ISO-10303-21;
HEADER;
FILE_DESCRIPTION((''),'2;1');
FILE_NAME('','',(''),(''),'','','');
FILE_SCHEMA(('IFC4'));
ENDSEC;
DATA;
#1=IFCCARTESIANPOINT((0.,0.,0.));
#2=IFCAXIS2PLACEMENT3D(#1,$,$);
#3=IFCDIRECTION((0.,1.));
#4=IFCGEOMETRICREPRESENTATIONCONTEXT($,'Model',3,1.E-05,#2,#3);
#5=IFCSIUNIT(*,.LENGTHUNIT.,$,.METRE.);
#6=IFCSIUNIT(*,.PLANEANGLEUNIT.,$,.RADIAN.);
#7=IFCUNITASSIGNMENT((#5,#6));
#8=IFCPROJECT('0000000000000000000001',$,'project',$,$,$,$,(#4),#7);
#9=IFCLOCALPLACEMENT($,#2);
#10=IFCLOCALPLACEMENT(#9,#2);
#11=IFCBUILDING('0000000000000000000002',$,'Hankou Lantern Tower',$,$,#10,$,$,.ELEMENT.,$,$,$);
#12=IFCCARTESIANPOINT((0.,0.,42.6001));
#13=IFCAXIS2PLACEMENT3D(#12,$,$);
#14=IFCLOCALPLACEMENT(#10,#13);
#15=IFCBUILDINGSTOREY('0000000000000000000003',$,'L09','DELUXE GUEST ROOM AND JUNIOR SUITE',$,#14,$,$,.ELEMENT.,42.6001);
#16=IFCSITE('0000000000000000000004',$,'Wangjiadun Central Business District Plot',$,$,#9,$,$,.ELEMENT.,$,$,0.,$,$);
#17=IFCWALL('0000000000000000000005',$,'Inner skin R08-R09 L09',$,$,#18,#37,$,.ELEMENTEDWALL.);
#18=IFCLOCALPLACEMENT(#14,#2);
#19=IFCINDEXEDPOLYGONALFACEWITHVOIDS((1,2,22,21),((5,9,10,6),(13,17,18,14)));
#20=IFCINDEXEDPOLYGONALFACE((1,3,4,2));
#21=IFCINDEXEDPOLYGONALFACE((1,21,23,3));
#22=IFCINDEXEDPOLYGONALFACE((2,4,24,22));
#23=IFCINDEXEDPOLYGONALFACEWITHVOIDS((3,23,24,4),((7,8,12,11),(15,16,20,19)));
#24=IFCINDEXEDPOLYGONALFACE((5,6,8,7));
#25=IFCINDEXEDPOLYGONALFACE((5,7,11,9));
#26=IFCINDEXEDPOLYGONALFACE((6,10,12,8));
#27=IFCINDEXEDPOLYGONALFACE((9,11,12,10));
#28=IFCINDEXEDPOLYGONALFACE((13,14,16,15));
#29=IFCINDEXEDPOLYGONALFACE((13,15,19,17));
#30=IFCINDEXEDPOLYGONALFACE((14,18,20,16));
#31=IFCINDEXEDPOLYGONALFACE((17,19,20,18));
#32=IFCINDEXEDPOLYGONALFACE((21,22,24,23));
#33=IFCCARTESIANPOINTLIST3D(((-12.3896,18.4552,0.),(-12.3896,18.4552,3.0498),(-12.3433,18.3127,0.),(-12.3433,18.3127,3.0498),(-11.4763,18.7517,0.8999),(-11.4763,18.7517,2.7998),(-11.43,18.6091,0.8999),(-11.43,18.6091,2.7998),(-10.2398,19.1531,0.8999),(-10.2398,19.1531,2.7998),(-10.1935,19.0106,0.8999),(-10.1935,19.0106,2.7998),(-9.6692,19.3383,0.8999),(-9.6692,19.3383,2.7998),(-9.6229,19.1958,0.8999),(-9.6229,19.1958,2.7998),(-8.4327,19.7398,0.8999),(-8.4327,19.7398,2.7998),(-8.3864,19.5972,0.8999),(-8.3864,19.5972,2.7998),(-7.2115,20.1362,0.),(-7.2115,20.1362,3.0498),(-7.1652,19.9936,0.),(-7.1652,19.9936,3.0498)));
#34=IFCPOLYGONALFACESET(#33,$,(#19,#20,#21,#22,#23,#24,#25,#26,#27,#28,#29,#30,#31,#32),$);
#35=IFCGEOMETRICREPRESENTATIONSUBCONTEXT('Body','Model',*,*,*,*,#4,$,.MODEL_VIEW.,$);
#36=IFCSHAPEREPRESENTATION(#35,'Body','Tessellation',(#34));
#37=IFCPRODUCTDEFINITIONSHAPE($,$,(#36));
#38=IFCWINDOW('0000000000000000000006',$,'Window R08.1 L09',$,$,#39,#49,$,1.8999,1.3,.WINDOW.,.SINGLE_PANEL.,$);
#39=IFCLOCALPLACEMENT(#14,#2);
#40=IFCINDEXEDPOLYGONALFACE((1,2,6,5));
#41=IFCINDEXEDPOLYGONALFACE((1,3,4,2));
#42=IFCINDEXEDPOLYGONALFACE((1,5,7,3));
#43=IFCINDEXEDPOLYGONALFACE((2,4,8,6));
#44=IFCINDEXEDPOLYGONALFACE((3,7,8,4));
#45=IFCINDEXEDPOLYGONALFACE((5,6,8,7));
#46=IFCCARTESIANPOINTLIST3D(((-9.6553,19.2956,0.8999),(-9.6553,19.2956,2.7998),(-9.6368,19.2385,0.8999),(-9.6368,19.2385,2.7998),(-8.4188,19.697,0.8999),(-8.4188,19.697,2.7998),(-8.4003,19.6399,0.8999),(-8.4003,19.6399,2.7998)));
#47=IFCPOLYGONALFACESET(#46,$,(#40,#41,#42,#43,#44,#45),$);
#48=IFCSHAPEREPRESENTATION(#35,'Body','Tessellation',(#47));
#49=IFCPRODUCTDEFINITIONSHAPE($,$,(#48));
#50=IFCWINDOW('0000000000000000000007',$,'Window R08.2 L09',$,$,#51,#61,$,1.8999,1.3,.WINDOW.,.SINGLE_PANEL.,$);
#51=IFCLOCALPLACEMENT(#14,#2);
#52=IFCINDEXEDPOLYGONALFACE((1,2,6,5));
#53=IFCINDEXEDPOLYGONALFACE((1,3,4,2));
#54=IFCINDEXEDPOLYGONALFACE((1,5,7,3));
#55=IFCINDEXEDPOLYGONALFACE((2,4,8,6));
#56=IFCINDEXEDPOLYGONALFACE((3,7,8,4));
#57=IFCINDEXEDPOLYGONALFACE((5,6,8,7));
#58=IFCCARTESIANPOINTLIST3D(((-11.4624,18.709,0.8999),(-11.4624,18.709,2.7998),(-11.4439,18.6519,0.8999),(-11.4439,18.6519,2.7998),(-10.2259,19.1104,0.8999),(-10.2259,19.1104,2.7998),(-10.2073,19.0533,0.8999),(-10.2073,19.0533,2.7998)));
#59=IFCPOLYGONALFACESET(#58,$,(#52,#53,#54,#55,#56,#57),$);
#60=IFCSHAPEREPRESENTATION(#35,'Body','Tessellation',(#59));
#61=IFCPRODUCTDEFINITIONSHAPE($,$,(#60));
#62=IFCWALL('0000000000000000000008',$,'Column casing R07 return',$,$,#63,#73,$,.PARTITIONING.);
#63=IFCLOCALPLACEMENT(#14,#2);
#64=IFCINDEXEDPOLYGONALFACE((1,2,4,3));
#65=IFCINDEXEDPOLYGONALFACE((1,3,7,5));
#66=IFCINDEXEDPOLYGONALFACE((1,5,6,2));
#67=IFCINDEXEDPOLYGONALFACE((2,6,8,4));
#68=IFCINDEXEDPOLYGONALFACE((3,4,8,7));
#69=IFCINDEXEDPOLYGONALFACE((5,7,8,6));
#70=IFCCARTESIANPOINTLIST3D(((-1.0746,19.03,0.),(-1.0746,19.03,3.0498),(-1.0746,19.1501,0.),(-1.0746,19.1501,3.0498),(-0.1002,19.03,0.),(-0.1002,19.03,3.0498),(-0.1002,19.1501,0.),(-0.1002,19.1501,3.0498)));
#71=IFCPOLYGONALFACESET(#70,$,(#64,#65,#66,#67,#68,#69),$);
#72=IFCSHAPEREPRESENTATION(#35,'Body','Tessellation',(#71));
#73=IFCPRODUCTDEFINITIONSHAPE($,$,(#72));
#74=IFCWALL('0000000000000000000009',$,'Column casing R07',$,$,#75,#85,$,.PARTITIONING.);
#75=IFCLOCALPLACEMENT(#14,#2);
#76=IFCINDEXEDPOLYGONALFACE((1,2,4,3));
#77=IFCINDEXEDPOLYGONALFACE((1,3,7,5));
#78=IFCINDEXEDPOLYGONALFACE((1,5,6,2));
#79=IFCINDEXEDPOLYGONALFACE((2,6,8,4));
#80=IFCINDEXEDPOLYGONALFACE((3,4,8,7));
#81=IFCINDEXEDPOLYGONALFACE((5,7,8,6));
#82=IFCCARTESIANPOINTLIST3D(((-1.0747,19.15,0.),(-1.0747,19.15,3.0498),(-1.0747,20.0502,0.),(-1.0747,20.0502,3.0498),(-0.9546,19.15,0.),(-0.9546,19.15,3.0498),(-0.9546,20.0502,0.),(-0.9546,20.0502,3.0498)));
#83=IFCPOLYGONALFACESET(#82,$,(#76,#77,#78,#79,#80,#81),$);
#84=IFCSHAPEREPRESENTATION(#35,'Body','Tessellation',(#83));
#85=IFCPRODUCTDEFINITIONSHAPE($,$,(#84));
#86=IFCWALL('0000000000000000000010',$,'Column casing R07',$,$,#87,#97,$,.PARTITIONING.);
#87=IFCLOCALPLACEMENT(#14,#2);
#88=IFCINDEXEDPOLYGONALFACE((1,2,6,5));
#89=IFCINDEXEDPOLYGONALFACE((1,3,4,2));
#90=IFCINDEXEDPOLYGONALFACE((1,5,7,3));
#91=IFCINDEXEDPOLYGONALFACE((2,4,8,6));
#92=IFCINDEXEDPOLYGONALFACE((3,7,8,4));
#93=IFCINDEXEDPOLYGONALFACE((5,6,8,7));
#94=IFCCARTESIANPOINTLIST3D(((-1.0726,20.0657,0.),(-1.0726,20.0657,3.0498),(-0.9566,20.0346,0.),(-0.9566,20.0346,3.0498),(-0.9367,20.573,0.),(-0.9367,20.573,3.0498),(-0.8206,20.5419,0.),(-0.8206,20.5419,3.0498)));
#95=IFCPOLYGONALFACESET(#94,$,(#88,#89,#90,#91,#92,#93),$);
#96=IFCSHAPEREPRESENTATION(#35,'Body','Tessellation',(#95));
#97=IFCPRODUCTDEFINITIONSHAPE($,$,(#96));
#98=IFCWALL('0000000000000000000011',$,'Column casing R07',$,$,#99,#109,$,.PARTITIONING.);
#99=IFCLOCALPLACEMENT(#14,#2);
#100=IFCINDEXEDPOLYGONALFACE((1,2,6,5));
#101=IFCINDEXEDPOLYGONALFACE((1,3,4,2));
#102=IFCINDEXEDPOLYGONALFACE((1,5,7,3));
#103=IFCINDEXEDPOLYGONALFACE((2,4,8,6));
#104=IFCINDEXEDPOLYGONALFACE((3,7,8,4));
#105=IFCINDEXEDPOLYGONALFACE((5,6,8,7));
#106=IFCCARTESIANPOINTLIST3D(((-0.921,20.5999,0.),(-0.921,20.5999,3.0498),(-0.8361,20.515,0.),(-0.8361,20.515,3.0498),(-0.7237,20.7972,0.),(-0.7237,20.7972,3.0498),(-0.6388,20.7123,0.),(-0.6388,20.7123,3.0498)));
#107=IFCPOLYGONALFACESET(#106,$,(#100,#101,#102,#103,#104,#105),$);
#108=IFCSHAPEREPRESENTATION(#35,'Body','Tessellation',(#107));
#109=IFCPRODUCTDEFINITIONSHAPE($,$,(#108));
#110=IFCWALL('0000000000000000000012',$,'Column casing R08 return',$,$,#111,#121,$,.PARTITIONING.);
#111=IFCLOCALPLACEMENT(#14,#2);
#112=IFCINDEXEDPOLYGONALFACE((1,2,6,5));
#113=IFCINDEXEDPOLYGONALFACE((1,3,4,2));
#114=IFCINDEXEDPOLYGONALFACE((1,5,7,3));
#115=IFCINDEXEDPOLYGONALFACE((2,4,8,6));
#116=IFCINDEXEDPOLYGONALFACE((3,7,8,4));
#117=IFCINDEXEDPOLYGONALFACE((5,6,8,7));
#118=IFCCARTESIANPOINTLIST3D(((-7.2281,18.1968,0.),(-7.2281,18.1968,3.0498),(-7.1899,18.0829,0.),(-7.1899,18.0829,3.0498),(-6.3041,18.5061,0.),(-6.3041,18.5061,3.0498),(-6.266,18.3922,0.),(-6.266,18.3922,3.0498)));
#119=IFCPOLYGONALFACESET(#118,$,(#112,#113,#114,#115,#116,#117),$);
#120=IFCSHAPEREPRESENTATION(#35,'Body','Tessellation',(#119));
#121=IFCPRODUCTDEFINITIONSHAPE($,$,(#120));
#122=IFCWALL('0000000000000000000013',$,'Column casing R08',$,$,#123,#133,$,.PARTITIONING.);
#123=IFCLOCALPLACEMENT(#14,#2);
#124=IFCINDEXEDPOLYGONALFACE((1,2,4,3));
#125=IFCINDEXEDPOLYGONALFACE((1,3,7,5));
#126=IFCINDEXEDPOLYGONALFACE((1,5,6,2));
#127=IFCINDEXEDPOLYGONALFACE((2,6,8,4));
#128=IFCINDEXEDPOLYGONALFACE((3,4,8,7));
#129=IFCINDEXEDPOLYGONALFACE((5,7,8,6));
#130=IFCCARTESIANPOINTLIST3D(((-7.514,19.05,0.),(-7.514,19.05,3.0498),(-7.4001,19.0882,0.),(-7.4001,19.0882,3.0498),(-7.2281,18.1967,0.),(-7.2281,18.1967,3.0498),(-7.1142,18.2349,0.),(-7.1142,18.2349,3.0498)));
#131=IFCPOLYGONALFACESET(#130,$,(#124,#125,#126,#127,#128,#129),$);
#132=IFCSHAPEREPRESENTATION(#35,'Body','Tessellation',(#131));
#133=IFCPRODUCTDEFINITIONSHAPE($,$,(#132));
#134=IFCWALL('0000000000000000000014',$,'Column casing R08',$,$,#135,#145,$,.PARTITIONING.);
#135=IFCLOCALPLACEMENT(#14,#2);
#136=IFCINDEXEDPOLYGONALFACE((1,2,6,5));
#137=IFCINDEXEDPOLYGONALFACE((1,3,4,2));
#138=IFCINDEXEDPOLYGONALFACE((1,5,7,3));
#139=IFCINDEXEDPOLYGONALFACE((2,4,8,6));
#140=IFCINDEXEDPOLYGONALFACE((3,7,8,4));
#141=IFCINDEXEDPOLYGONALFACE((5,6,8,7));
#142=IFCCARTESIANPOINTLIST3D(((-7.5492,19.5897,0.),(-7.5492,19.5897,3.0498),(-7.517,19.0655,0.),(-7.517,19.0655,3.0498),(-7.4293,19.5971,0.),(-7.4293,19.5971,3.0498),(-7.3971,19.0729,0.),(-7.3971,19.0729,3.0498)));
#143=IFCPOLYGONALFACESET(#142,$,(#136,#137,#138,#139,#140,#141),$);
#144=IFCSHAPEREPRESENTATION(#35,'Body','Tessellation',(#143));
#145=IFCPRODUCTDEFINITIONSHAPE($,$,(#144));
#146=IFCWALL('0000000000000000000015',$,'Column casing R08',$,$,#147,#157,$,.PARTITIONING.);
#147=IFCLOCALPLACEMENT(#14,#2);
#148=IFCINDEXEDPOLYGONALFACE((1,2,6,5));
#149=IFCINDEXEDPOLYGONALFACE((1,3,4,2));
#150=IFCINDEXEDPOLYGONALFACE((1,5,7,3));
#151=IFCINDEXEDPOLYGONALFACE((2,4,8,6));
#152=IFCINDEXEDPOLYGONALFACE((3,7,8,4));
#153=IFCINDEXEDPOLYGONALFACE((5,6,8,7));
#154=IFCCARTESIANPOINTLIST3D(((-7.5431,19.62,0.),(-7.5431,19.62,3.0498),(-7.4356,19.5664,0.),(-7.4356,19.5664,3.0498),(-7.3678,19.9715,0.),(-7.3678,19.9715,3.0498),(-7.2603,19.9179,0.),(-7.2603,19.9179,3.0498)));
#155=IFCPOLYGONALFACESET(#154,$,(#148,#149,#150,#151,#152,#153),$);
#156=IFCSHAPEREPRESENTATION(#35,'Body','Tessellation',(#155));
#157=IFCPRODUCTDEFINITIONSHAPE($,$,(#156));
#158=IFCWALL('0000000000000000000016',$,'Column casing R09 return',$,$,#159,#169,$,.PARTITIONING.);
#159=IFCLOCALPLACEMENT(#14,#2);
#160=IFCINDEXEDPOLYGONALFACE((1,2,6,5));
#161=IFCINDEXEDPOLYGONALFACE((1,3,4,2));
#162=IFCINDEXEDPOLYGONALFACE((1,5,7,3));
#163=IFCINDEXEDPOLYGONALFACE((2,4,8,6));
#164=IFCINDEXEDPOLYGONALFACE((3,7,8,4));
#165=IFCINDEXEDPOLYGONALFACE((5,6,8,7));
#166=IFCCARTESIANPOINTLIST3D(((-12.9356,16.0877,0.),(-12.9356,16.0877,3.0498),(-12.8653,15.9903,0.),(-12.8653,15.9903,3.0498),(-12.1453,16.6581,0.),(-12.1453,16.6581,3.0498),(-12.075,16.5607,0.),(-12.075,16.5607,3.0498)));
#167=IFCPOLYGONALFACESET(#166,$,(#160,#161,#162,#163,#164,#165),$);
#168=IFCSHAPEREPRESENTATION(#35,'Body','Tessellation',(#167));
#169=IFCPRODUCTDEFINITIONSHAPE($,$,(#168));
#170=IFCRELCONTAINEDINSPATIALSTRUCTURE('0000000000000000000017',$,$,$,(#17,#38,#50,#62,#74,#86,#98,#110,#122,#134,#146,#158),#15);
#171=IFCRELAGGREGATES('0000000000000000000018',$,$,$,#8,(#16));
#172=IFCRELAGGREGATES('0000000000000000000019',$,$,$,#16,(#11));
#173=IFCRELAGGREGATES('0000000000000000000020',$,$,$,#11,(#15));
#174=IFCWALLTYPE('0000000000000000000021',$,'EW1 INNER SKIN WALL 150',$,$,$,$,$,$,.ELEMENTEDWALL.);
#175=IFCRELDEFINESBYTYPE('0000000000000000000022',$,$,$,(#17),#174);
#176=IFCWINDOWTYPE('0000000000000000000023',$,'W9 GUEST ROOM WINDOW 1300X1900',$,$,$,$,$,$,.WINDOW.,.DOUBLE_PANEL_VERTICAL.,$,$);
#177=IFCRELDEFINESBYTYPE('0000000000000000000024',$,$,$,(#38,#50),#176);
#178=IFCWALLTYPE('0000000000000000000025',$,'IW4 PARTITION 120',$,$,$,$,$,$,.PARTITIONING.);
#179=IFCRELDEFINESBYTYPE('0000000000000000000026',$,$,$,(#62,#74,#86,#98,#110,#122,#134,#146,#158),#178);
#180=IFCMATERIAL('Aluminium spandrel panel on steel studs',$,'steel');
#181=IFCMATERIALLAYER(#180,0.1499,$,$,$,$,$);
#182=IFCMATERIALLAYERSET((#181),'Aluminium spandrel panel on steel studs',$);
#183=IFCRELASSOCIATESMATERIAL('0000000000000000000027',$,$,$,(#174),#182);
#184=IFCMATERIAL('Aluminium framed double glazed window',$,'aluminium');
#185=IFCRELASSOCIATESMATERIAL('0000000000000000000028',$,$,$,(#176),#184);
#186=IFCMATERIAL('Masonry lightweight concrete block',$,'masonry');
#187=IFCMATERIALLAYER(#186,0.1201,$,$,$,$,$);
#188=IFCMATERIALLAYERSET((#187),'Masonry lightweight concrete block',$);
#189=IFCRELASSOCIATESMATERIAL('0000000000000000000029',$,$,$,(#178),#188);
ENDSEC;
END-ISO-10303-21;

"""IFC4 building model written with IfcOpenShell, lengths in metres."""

from ifc_helpers import new_model, si_unit, direction, frame, frame_2d, origin, place, context, subcontext, project, spatial, rectangle, extrude, material, layer, layer_set, type_object, element, fill, save


model = new_model("IFC4")

# Units and contexts
model_context = context("Model", 3, precision=1e-05, world=origin(), true_north=direction((0.0, 1.0)))
body_context = subcontext(model_context, "Body", "Model", "MODEL_VIEW")
ifc_project = project(units=[si_unit("LENGTHUNIT", "METRE"), si_unit("PLANEANGLEUNIT", "RADIAN")], contexts=[model_context])

# Site, building, storey
site_placement = place(None, origin())
site = spatial("IfcSite", under=ifc_project, at=site_placement, Name="Wangjiadun Central Business District Plot", CompositionType="ELEMENT", RefElevation=0.0)
building_placement = place(site_placement, origin())
building = spatial("IfcBuilding", under=site, at=building_placement, Name="Hankou Lantern Tower", CompositionType="ELEMENT")
storey_placement = place(building_placement, frame((0.0, 0.0, 42.6001)))
storey = spatial("IfcBuildingStorey", under=building, at=storey_placement, Name="L09", Description="DELUXE GUEST ROOM AND JUNIOR SUITE", CompositionType="ELEMENT", Elevation=42.6001)

# Wall, openings, windows
ifc_material_1 = material(Name="Aluminium spandrel panel on steel studs", Category="steel")
ifc_layer_1 = layer(ifc_material_1, 0.1499)
ifc_layer_set_1 = layer_set([ifc_layer_1], Name="Aluminium spandrel panel on steel studs")
wall_type_1 = type_object("IfcWallType", Name="EW1 INNER SKIN WALL 150", PredefinedType="ELEMENTEDWALL", material=ifc_layer_set_1)
ifc_material_2 = material(Name="Aluminium framed double glazed window", Category="aluminium")
window_type = type_object("IfcWindowType", Name="W9 GUEST ROOM WINDOW 1300X1900", PartitioningType="DOUBLE_PANEL_VERTICAL", PredefinedType="WINDOW", material=ifc_material_2)
wall_1_placement = place(storey_placement, frame((-7.1882, 20.0649, 0.0), z_axis=(0.0, 0.0, 1.0), x_axis=(-0.951138, -0.308765, 0.0)))
wall_1 = element("IfcWall", 1, at=wall_1_placement, inside=storey, type_object=wall_type_1, Name="Inner skin R08-R09 L09", PredefinedType="ELEMENTEDWALL", context=body_context, shape_type="SweptSolid", body=[
    extrude(rectangle(XDim=5.4441, YDim=0.1499, at=frame_2d((2.7222, 0.0))), origin(), (0.0, 0.0, 1.0), 3.0498),
])
opening_1_placement = place(wall_1_placement, frame((1.2842, 0.0, 0.8999)))
opening_1 = element("IfcOpeningElement", 2, at=opening_1_placement, cuts=wall_1, PredefinedType="OPENING", context=body_context, shape_type="SweptSolid", body=[
    extrude(rectangle(XDim=1.3, YDim=1.8999, at=frame_2d((0.6499, 0.95))), frame((0.0, 0.085, 0.0), z_axis=(0.0, -1.0, 0.0), x_axis=(1.0, 0.0, 0.0)), (0.0, 0.0, 1.0), 0.1699),
])
opening_2_placement = place(wall_1_placement, frame((3.1841, 0.0, 0.8999)))
opening_2 = element("IfcOpeningElement", 3, at=opening_2_placement, cuts=wall_1, PredefinedType="OPENING", context=body_context, shape_type="SweptSolid", body=[
    extrude(rectangle(XDim=1.3, YDim=1.8999, at=frame_2d((0.6499, 0.95))), frame((0.0, 0.085, 0.0), z_axis=(0.0, -1.0, 0.0), x_axis=(1.0, 0.0, 0.0)), (0.0, 0.0, 1.0), 0.1699),
])
window_1_placement = place(opening_1_placement, origin())
window_1 = element("IfcWindow", 4, at=window_1_placement, inside=storey, type_object=window_type, Name="Window R08.1 L09", OverallHeight=1.8999, OverallWidth=1.3, PartitioningType="SINGLE_PANEL", PredefinedType="WINDOW", context=body_context, shape_type="SweptSolid", body=[
    extrude(rectangle(XDim=1.3, YDim=1.8999, at=frame_2d((0.6499, 0.95))), frame((0.0, 0.03, 0.0), z_axis=(0.0, -1.0, 0.0), x_axis=(1.0, 0.0, 0.0)), (0.0, 0.0, 1.0), 0.0601),
])
fill(opening_1, window_1)
window_2_placement = place(opening_2_placement, origin())
window_2 = element("IfcWindow", 5, at=window_2_placement, inside=storey, type_object=window_type, Name="Window R08.2 L09", OverallHeight=1.8999, OverallWidth=1.3, PartitioningType="SINGLE_PANEL", PredefinedType="WINDOW", context=body_context, shape_type="SweptSolid", body=[
    extrude(rectangle(XDim=1.3, YDim=1.8999, at=frame_2d((0.6499, 0.95))), frame((0.0, 0.03, 0.0), z_axis=(0.0, -1.0, 0.0), x_axis=(1.0, 0.0, 0.0)), (0.0, 0.0, 1.0), 0.0601),
])
fill(opening_2, window_2)

# Walls
ifc_material_3 = material(Name="Masonry lightweight concrete block", Category="masonry")
ifc_layer_2 = layer(ifc_material_3, 0.1201)
ifc_layer_set_2 = layer_set([ifc_layer_2], Name="Masonry lightweight concrete block")
wall_type_2 = type_object("IfcWallType", Name="IW4 PARTITION 120", PredefinedType="PARTITIONING", material=ifc_layer_set_2)
wall_2_placement = place(storey_placement, frame((-0.1001, 19.0901, 0.0), z_axis=(0.0, 0.0, 1.0), x_axis=(-1.0, 0.0, 0.0)))
element("IfcWall", 6, at=wall_2_placement, inside=storey, type_object=wall_type_2, Name="Column casing R07 return", PredefinedType="PARTITIONING", context=body_context, shape_type="SweptSolid", body=[
    extrude(rectangle(XDim=0.9744, YDim=0.1201, at=frame_2d((0.4873, 0.0))), origin(), (0.0, 0.0, 1.0), 3.0498),
])
wall_3_placement = place(storey_placement, frame((-1.0146, 19.1499, 0.0), z_axis=(0.0, 0.0, 1.0), x_axis=(0.0, 1.0, 0.0)))
element("IfcWall", 7, at=wall_3_placement, inside=storey, type_object=wall_type_2, Name="Column casing R07", PredefinedType="PARTITIONING", context=body_context, shape_type="SweptSolid", body=[
    extrude(rectangle(XDim=0.9001, YDim=0.1201, at=frame_2d((0.4502, 0.0))), origin(), (0.0, 0.0, 1.0), 3.0498),
])
wall_4_placement = place(storey_placement, frame((-1.0146, 20.05, 0.0), z_axis=(0.0, 0.0, 1.0), x_axis=(0.258906, 0.965902, 0.0)))
element("IfcWall", 8, at=wall_4_placement, inside=storey, type_object=wall_type_2, Name="Column casing R07", PredefinedType="PARTITIONING", context=body_context, shape_type="SweptSolid", body=[
    extrude(rectangle(XDim=0.5251, YDim=0.1201, at=frame_2d((0.2627, 0.0))), origin(), (0.0, 0.0, 1.0), 3.0498),
])
wall_5_placement = place(storey_placement, frame((-0.8787, 20.5574, 0.0), z_axis=(0.0, 0.0, 1.0), x_axis=(0.707107, 0.707107, 0.0)))
element("IfcWall", 9, at=wall_5_placement, inside=storey, type_object=wall_type_2, Name="Column casing R07", PredefinedType="PARTITIONING", context=body_context, shape_type="SweptSolid", body=[
    extrude(rectangle(XDim=0.2791, YDim=0.1201, at=frame_2d((0.1396, 0.0))), origin(), (0.0, 0.0, 1.0), 3.0498),
])
wall_6_placement = place(storey_placement, frame((-6.2849, 18.4492, 0.0), z_axis=(0.0, 0.0, 1.0), x_axis=(-0.948282, -0.31743, 0.0)))
element("IfcWall", 10, at=wall_6_placement, inside=storey, type_object=wall_type_2, Name="Column casing R08 return", PredefinedType="PARTITIONING", context=body_context, shape_type="SweptSolid", body=[
    extrude(rectangle(XDim=0.9744, YDim=0.1201, at=frame_2d((0.4873, 0.0))), origin(), (0.0, 0.0, 1.0), 3.0498),
])
wall_7_placement = place(storey_placement, frame((-7.1711, 18.2158, 0.0), z_axis=(0.0, 0.0, 1.0), x_axis=(-0.317692, 0.948194, 0.0)))
element("IfcWall", 11, at=wall_7_placement, inside=storey, type_object=wall_type_2, Name="Column casing R08", PredefinedType="PARTITIONING", context=body_context, shape_type="SweptSolid", body=[
    extrude(rectangle(XDim=0.8999, YDim=0.1201, at=frame_2d((0.45, 0.0))), origin(), (0.0, 0.0, 1.0), 3.0498),
])
wall_8_placement = place(storey_placement, frame((-7.457, 19.0691, 0.0), z_axis=(0.0, 0.0, 1.0), x_axis=(-0.061365, 0.998115, 0.0)))
element("IfcWall", 12, at=wall_8_placement, inside=storey, type_object=wall_type_2, Name="Column casing R08", PredefinedType="PARTITIONING", context=body_context, shape_type="SweptSolid", body=[
    extrude(rectangle(XDim=0.5251, YDim=0.1201, at=frame_2d((0.2627, 0.0))), origin(), (0.0, 0.0, 1.0), 3.0498),
])
wall_9_placement = place(storey_placement, frame((-7.4893, 19.5933, 0.0), z_axis=(0.0, 0.0, 1.0), x_axis=(0.446219, 0.894924, 0.0)))
element("IfcWall", 13, at=wall_9_placement, inside=storey, type_object=wall_type_2, Name="Column casing R08", PredefinedType="PARTITIONING", context=body_context, shape_type="SweptSolid", body=[
    extrude(rectangle(XDim=0.3928, YDim=0.1201, at=frame_2d((0.1963, 0.0))), origin(), (0.0, 0.0, 1.0), 3.0498),
])
wall_10_placement = place(storey_placement, frame((-12.1101, 16.6094, 0.0), z_axis=(0.0, 0.0, 1.0), x_axis=(-0.810897, -0.585189, 0.0)))
element("IfcWall", 14, at=wall_10_placement, inside=storey, type_object=wall_type_2, Name="Column casing R09 return", PredefinedType="PARTITIONING", context=body_context, shape_type="SweptSolid", body=[
    extrude(rectangle(XDim=0.9746, YDim=0.1201, at=frame_2d((0.4873, 0.0))), origin(), (0.0, 0.0, 1.0), 3.0498),
])

save(model, "model.ifc")
